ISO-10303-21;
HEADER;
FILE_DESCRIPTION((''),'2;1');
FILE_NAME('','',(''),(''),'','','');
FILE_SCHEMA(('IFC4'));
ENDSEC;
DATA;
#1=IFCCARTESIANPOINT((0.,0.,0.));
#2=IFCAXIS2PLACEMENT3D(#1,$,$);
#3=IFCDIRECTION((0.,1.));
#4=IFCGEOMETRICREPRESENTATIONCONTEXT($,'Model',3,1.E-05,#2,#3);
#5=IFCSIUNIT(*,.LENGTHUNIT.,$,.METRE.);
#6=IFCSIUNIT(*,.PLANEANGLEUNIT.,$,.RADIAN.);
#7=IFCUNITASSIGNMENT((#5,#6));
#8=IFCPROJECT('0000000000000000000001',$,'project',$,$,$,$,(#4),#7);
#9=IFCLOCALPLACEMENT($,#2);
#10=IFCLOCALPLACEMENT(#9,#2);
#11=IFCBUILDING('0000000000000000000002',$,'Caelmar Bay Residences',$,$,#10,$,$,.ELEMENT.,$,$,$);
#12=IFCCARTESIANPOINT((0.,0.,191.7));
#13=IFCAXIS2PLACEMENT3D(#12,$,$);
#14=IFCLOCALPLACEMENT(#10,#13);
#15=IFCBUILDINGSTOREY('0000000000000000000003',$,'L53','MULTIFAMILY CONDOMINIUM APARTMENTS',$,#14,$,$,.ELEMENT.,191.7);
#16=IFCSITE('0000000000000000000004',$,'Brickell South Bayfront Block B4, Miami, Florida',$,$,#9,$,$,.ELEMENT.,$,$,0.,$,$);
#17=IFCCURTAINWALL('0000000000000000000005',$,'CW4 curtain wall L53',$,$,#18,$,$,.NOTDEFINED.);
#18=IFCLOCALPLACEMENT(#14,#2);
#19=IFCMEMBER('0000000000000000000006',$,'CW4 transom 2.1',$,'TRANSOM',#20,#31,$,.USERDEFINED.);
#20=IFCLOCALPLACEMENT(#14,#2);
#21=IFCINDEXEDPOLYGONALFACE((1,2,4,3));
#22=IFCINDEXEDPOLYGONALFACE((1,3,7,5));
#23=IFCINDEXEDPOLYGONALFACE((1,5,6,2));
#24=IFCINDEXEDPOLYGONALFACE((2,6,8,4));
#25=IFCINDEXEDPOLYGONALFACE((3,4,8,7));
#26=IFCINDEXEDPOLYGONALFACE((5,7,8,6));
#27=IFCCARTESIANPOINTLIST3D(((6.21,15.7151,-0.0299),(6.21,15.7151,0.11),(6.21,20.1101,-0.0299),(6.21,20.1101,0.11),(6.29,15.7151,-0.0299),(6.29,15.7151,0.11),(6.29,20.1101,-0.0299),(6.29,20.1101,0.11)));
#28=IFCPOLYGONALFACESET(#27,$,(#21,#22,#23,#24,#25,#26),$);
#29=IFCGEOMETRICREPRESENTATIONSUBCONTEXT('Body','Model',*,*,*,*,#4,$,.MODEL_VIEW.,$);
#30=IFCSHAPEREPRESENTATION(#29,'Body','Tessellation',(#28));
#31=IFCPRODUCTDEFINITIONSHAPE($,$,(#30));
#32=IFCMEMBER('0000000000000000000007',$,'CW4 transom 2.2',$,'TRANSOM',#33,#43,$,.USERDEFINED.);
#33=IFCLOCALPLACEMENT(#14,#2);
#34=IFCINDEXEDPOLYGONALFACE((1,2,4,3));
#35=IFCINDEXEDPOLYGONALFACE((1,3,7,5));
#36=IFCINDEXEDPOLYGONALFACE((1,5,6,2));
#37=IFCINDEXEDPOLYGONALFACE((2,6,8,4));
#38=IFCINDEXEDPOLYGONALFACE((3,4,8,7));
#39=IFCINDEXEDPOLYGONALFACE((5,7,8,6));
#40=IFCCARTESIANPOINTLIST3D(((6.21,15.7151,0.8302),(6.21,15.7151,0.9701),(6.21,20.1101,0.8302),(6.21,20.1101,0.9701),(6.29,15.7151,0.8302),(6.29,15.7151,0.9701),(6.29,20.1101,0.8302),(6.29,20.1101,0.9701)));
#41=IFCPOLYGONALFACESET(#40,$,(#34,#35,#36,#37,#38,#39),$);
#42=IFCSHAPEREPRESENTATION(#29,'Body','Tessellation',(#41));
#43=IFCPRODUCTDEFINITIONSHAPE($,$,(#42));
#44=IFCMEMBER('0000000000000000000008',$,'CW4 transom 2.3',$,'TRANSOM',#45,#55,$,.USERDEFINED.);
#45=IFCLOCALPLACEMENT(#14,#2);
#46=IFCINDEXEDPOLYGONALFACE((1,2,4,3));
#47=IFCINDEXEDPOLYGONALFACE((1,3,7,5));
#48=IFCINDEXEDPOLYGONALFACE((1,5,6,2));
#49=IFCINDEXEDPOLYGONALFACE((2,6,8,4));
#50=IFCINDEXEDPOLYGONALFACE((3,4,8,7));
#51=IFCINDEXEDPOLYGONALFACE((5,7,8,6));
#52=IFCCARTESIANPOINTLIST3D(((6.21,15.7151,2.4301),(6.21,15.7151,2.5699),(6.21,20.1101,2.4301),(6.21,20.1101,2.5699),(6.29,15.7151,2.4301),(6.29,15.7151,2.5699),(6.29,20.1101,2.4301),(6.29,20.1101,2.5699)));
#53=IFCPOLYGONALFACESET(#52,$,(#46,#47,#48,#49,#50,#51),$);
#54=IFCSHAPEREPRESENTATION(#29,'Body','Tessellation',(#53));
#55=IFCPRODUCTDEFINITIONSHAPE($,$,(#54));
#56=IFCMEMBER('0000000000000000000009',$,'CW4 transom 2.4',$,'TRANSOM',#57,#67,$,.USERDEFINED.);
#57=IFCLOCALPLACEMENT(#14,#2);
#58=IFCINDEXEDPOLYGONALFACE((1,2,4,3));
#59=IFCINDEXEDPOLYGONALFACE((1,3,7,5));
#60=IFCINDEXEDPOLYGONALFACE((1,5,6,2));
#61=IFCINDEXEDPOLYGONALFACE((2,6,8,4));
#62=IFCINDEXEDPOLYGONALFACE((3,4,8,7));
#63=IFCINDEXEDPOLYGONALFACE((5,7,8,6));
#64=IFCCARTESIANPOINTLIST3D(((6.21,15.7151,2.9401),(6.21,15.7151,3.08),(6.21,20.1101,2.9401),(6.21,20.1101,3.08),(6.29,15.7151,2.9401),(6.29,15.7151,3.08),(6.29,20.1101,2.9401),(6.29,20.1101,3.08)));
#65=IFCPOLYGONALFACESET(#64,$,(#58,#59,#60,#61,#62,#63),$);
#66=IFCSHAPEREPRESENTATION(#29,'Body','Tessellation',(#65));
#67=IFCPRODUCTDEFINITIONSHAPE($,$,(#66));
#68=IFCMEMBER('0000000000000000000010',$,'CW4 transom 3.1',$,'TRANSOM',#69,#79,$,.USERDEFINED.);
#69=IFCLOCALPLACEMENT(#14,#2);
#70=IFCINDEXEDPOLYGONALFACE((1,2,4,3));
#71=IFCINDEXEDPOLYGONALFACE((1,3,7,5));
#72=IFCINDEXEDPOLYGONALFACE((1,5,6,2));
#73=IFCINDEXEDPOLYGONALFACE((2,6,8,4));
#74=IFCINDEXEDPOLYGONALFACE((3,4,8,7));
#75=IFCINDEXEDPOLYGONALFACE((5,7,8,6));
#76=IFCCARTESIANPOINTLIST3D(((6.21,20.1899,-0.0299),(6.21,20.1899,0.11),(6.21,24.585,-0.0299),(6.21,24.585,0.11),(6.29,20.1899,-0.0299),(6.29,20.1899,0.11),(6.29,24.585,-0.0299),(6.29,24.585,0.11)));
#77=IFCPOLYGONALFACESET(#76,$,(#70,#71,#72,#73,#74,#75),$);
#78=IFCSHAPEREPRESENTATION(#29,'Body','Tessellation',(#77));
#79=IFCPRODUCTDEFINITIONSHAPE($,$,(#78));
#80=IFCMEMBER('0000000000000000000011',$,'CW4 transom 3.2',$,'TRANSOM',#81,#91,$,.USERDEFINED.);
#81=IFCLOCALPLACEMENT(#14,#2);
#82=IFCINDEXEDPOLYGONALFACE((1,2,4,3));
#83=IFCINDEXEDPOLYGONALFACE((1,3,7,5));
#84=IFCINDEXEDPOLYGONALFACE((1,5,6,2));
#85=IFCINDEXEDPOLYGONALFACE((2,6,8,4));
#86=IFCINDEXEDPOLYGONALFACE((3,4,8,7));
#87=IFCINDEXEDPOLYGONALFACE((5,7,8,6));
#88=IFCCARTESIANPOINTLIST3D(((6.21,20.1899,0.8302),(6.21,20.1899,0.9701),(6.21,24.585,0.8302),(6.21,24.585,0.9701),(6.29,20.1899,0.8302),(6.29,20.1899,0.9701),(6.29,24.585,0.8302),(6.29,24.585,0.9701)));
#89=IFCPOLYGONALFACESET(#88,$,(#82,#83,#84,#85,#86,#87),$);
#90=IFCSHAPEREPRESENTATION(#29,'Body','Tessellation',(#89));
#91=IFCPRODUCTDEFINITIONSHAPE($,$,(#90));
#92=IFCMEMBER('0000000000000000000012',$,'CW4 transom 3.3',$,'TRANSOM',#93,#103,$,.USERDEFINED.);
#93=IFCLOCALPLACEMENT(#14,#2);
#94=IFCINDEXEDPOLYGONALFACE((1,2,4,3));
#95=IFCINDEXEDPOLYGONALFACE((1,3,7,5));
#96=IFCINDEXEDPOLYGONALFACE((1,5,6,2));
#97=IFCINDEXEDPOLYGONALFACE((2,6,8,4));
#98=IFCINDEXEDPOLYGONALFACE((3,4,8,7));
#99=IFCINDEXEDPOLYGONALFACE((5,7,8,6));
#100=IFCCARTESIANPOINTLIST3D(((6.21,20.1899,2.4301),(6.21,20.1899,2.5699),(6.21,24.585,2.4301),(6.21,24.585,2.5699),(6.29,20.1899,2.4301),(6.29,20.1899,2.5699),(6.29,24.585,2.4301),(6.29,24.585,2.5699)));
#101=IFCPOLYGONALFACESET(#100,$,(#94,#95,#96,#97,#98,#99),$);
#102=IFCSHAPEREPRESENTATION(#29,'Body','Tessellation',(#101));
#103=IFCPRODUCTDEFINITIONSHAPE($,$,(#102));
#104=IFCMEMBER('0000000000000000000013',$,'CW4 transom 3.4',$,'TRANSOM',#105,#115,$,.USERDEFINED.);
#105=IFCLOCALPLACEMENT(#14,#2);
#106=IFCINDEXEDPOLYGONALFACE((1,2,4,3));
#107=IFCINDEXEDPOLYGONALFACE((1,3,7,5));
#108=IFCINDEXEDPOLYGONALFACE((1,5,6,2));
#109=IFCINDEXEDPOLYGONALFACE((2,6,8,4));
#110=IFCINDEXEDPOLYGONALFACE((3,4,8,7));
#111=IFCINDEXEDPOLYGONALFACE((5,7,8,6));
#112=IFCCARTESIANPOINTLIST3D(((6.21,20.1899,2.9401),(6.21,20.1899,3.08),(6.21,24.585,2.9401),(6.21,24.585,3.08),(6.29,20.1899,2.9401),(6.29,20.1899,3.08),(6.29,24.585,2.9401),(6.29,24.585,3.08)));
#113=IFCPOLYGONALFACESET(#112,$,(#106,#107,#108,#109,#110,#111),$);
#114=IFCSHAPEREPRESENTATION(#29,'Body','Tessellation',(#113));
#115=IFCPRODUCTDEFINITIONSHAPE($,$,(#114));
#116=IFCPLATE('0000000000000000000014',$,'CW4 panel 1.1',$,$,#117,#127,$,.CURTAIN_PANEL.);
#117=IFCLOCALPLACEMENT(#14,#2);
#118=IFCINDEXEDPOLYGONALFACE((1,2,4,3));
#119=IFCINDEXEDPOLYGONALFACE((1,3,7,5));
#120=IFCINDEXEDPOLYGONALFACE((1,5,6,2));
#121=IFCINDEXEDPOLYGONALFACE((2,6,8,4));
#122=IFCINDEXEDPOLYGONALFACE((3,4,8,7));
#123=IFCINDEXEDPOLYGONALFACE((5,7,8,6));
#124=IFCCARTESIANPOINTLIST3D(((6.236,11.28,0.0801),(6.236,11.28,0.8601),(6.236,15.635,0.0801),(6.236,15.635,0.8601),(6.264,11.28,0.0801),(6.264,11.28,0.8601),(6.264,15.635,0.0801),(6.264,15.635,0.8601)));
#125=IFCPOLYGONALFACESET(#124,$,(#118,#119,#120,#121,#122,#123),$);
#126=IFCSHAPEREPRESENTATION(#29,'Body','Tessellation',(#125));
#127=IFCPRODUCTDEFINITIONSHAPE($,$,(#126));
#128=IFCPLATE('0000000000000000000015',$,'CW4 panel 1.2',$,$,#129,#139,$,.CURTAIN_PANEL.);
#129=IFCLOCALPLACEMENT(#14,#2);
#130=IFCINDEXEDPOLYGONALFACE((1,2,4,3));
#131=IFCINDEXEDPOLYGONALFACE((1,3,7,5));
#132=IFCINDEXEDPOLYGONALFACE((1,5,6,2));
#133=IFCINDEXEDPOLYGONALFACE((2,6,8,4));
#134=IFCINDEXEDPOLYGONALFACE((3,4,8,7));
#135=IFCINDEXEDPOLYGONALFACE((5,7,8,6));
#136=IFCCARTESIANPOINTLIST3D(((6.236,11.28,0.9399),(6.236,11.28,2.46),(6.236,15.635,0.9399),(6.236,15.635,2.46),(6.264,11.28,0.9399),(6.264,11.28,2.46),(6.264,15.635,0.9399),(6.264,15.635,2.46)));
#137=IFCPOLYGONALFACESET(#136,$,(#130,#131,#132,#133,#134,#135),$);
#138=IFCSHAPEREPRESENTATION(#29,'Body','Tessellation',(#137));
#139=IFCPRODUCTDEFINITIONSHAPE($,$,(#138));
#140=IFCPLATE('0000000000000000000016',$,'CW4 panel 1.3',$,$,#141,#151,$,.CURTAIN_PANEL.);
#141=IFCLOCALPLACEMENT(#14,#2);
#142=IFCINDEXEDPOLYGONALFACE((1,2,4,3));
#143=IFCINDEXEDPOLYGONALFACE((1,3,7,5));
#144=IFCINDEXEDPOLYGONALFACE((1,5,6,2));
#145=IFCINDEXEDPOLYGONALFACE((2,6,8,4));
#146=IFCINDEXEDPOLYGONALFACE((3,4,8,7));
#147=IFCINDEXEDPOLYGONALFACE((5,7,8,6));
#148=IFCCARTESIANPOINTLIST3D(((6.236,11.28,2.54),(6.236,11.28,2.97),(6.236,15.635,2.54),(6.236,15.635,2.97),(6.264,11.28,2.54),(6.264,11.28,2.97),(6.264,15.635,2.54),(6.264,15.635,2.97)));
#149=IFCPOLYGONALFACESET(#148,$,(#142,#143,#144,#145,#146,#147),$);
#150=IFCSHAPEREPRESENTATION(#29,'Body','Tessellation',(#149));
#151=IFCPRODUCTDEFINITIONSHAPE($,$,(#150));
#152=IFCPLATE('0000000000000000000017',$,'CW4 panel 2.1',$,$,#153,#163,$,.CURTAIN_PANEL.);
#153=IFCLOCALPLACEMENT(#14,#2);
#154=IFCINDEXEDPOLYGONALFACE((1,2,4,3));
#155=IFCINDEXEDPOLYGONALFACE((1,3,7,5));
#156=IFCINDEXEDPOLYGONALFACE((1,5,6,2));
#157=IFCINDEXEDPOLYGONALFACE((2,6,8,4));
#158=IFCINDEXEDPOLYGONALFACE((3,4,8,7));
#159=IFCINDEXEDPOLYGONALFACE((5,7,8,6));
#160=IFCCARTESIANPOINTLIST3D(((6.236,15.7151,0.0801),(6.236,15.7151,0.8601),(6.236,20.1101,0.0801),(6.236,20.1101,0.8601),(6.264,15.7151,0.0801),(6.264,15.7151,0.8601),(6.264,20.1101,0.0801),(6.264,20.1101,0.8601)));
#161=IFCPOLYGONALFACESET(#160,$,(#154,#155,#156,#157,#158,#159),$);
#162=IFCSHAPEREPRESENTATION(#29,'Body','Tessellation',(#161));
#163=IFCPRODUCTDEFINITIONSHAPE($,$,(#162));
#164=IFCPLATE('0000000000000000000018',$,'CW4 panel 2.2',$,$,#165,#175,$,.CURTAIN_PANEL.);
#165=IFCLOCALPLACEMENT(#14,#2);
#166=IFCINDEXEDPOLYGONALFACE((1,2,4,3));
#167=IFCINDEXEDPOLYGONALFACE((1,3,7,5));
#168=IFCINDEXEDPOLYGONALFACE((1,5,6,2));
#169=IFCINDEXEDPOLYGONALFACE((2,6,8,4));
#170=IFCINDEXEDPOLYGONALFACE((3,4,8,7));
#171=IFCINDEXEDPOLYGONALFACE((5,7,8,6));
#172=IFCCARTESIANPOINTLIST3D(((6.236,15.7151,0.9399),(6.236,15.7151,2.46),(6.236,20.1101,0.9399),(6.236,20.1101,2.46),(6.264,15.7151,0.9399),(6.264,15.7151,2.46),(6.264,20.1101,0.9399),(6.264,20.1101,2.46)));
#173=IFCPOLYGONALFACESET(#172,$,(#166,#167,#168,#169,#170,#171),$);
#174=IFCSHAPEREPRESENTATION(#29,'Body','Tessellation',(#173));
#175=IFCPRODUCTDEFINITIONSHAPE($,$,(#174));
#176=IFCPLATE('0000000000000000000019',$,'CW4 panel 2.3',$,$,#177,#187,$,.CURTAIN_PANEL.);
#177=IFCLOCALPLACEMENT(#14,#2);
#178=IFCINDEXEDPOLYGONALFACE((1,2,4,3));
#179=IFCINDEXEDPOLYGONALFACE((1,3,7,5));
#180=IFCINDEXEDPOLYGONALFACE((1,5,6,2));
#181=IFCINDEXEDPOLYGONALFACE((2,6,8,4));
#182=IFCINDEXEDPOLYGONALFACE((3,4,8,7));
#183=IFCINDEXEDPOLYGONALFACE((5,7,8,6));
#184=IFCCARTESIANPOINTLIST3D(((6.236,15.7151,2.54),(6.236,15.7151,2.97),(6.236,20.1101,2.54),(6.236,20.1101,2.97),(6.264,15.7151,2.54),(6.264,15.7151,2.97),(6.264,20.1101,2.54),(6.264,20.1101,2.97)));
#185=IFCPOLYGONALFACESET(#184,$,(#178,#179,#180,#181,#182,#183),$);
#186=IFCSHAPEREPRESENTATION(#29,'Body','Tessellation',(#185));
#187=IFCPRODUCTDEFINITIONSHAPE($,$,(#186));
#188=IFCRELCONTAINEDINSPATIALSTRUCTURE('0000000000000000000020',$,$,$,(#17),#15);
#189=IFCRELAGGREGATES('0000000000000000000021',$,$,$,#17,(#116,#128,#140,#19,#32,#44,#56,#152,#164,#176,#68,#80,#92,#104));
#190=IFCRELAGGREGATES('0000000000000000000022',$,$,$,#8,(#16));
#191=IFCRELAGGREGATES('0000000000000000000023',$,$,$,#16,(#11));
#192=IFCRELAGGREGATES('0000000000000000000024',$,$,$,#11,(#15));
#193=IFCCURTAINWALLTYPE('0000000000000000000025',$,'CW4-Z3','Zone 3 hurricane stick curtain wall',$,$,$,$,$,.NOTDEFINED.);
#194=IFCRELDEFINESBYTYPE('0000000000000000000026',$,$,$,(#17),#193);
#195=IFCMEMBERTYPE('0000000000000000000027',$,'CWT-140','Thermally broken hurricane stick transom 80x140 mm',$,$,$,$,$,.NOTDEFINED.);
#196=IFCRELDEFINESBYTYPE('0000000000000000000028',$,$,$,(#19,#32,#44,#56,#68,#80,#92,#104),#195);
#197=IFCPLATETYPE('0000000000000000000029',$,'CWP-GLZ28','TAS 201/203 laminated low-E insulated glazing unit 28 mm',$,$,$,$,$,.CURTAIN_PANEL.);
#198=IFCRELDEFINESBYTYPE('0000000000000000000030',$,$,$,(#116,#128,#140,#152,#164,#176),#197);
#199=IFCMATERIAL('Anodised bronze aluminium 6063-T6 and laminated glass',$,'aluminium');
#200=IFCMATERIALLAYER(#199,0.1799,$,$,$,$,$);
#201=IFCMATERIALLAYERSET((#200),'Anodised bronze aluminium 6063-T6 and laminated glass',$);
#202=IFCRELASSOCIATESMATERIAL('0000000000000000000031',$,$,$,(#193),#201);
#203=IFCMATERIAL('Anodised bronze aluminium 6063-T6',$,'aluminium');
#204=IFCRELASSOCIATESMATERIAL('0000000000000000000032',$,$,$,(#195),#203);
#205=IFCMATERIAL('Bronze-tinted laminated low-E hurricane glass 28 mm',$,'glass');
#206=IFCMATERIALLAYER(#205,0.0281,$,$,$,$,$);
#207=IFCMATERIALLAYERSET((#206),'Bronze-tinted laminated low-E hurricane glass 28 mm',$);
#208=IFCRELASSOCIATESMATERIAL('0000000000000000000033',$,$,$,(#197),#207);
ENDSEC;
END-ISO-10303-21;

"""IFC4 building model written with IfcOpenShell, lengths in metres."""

from ifc_helpers import new_model, si_unit, direction, frame, origin, origin_2d, place, context, subcontext, project, spatial, rectangle, extrude, material, layer, layer_set, material_profile, profile_set, type_object, element, aggregate, save


model = new_model("IFC4")

# Units and contexts
model_context = context("Model", 3, precision=1e-05, world=origin(), true_north=direction((0.0, 1.0)))
body_context = subcontext(model_context, "Body", "Model", "MODEL_VIEW")
ifc_project = project(units=[si_unit("LENGTHUNIT", "METRE"), si_unit("PLANEANGLEUNIT", "RADIAN")], contexts=[model_context])

# Site, building, storey
site_placement = place(None, origin())
site = spatial("IfcSite", under=ifc_project, at=site_placement, Name="Brickell South Bayfront Block B4, Miami, Florida", CompositionType="ELEMENT", RefElevation=0.0)
building_placement = place(site_placement, origin())
building = spatial("IfcBuilding", under=site, at=building_placement, Name="Caelmar Bay Residences", CompositionType="ELEMENT")
storey_placement = place(building_placement, frame((0.0, 0.0, 191.7)))
storey = spatial("IfcBuildingStorey", under=building, at=storey_placement, Name="L53", Description="MULTIFAMILY CONDOMINIUM APARTMENTS", CompositionType="ELEMENT", Elevation=191.7)

# Curtain wall, members, plates
ifc_material_1 = material(Name="Anodised bronze aluminium 6063-T6 and laminated glass", Category="aluminium")
ifc_layer_1 = layer(ifc_material_1, 0.1799)
ifc_layer_set_1 = layer_set([ifc_layer_1], Name="Anodised bronze aluminium 6063-T6 and laminated glass")
curtain_wall_type = type_object("IfcCurtainWallType", Name="CW4-Z3", Description="Zone 3 hurricane stick curtain wall", PredefinedType="NOTDEFINED", material=ifc_layer_set_1)
curtain_wall_placement = place(storey_placement, origin())
curtain_wall = element("IfcCurtainWall", 1, at=curtain_wall_placement, inside=storey, type_object=curtain_wall_type, Name="CW4 curtain wall L53", PredefinedType="NOTDEFINED")
ifc_material_2 = material(Name="Anodised bronze aluminium 6063-T6", Category="aluminium")
ifc_material_profile_1 = material_profile(ifc_material_2, rectangle(XDim=0.0801, YDim=0.1399, at=origin_2d()), Name="CWT-80X140")
ifc_profile_set_1 = profile_set([ifc_material_profile_1], Name="Anodised bronze aluminium 6063-T6")
member_type_1 = type_object("IfcMemberType", Name="CWT-140", Description="Thermally broken hurricane stick transom 80x140 mm", PredefinedType="NOTDEFINED", material=ifc_profile_set_1)
member_1_placement = place(storey_placement, frame((6.25, 15.7151, 0.04), z_axis=(0.0, 1.0, 0.0), x_axis=(-1.0, 0.0, 0.0)))
member_1 = element("IfcMember", 2, at=member_1_placement, type_object=member_type_1, Name="CW4 transom 2.1", ObjectType="TRANSOM", PredefinedType="USERDEFINED", context=body_context, shape_type="SweptSolid", body=[
    extrude(rectangle(XDim=0.0801, YDim=0.1399, at=origin_2d()), origin(), (0.0, 0.0, 1.0), 4.395),
])
member_2_placement = place(storey_placement, frame((6.25, 15.7151, 0.9001), z_axis=(0.0, 1.0, 0.0), x_axis=(-1.0, 0.0, 0.0)))
member_2 = element("IfcMember", 3, at=member_2_placement, type_object=member_type_1, Name="CW4 transom 2.2", ObjectType="TRANSOM", PredefinedType="USERDEFINED", context=body_context, shape_type="SweptSolid", body=[
    extrude(rectangle(XDim=0.0801, YDim=0.1399, at=origin_2d()), origin(), (0.0, 0.0, 1.0), 4.395),
])
member_3_placement = place(storey_placement, frame((6.25, 15.7151, 2.5), z_axis=(0.0, 1.0, 0.0), x_axis=(-1.0, 0.0, 0.0)))
member_3 = element("IfcMember", 4, at=member_3_placement, type_object=member_type_1, Name="CW4 transom 2.3", ObjectType="TRANSOM", PredefinedType="USERDEFINED", context=body_context, shape_type="SweptSolid", body=[
    extrude(rectangle(XDim=0.0801, YDim=0.1399, at=origin_2d()), origin(), (0.0, 0.0, 1.0), 4.395),
])
member_4_placement = place(storey_placement, frame((6.25, 15.7151, 3.01), z_axis=(0.0, 1.0, 0.0), x_axis=(-1.0, 0.0, 0.0)))
member_4 = element("IfcMember", 5, at=member_4_placement, type_object=member_type_1, Name="CW4 transom 2.4", ObjectType="TRANSOM", PredefinedType="USERDEFINED", context=body_context, shape_type="SweptSolid", body=[
    extrude(rectangle(XDim=0.0801, YDim=0.1399, at=origin_2d()), origin(), (0.0, 0.0, 1.0), 4.395),
])
member_5_placement = place(storey_placement, frame((6.25, 20.1899, 0.04), z_axis=(0.0, 1.0, 0.0), x_axis=(-1.0, 0.0, 0.0)))
member_5 = element("IfcMember", 6, at=member_5_placement, type_object=member_type_1, Name="CW4 transom 3.1", ObjectType="TRANSOM", PredefinedType="USERDEFINED", context=body_context, shape_type="SweptSolid", body=[
    extrude(rectangle(XDim=0.0801, YDim=0.1399, at=origin_2d()), origin(), (0.0, 0.0, 1.0), 4.395),
])
member_6_placement = place(storey_placement, frame((6.25, 20.1899, 0.9001), z_axis=(0.0, 1.0, 0.0), x_axis=(-1.0, 0.0, 0.0)))
member_6 = element("IfcMember", 7, at=member_6_placement, type_object=member_type_1, Name="CW4 transom 3.2", ObjectType="TRANSOM", PredefinedType="USERDEFINED", context=body_context, shape_type="SweptSolid", body=[
    extrude(rectangle(XDim=0.0801, YDim=0.1399, at=origin_2d()), origin(), (0.0, 0.0, 1.0), 4.395),
])
member_7_placement = place(storey_placement, frame((6.25, 20.1899, 2.5), z_axis=(0.0, 1.0, 0.0), x_axis=(-1.0, 0.0, 0.0)))
member_7 = element("IfcMember", 8, at=member_7_placement, type_object=member_type_1, Name="CW4 transom 3.3", ObjectType="TRANSOM", PredefinedType="USERDEFINED", context=body_context, shape_type="SweptSolid", body=[
    extrude(rectangle(XDim=0.0801, YDim=0.1399, at=origin_2d()), origin(), (0.0, 0.0, 1.0), 4.395),
])
member_8_placement = place(storey_placement, frame((6.25, 20.1899, 3.01), z_axis=(0.0, 1.0, 0.0), x_axis=(-1.0, 0.0, 0.0)))
member_8 = element("IfcMember", 9, at=member_8_placement, type_object=member_type_1, Name="CW4 transom 3.4", ObjectType="TRANSOM", PredefinedType="USERDEFINED", context=body_context, shape_type="SweptSolid", body=[
    extrude(rectangle(XDim=0.0801, YDim=0.1399, at=origin_2d()), origin(), (0.0, 0.0, 1.0), 4.395),
])
ifc_material_3 = material(Name="Bronze-tinted laminated low-E hurricane glass 28 mm", Category="glass")
ifc_layer_2 = layer(ifc_material_3, 0.0281)
ifc_layer_set_2 = layer_set([ifc_layer_2], Name="Bronze-tinted laminated low-E hurricane glass 28 mm")
plate_type = type_object("IfcPlateType", Name="CWP-GLZ28", Description="TAS 201/203 laminated low-E insulated glazing unit 28 mm", PredefinedType="CURTAIN_PANEL", material=ifc_layer_set_2)
plate_1_placement = place(storey_placement, frame((6.25, 13.4575, 0.0801), z_axis=(0.0, 0.0, 1.0), x_axis=(0.0, 1.0, 0.0)))
plate_1 = element("IfcPlate", 10, at=plate_1_placement, type_object=plate_type, Name="CW4 panel 1.1", PredefinedType="CURTAIN_PANEL", context=body_context, shape_type="SweptSolid", body=[
    extrude(rectangle(XDim=4.355, YDim=0.0281, at=origin_2d()), origin(), (0.0, 0.0, 1.0), 0.78),
])
plate_2_placement = place(storey_placement, frame((6.25, 13.4575, 0.9399), z_axis=(0.0, 0.0, 1.0), x_axis=(0.0, 1.0, 0.0)))
plate_2 = element("IfcPlate", 11, at=plate_2_placement, type_object=plate_type, Name="CW4 panel 1.2", PredefinedType="CURTAIN_PANEL", context=body_context, shape_type="SweptSolid", body=[
    extrude(rectangle(XDim=4.355, YDim=0.0281, at=origin_2d()), origin(), (0.0, 0.0, 1.0), 1.52),
])
plate_3_placement = place(storey_placement, frame((6.25, 13.4575, 2.54), z_axis=(0.0, 0.0, 1.0), x_axis=(0.0, 1.0, 0.0)))
plate_3 = element("IfcPlate", 12, at=plate_3_placement, type_object=plate_type, Name="CW4 panel 1.3", PredefinedType="CURTAIN_PANEL", context=body_context, shape_type="SweptSolid", body=[
    extrude(rectangle(XDim=4.355, YDim=0.0281, at=origin_2d()), origin(), (0.0, 0.0, 1.0), 0.4299),
])
plate_4_placement = place(storey_placement, frame((6.25, 17.9126, 0.0801), z_axis=(0.0, 0.0, 1.0), x_axis=(0.0, 1.0, 0.0)))
plate_4 = element("IfcPlate", 13, at=plate_4_placement, type_object=plate_type, Name="CW4 panel 2.1", PredefinedType="CURTAIN_PANEL", context=body_context, shape_type="SweptSolid", body=[
    extrude(rectangle(XDim=4.395, YDim=0.0281, at=origin_2d()), origin(), (0.0, 0.0, 1.0), 0.78),
])
plate_5_placement = place(storey_placement, frame((6.25, 17.9126, 0.9399), z_axis=(0.0, 0.0, 1.0), x_axis=(0.0, 1.0, 0.0)))
plate_5 = element("IfcPlate", 14, at=plate_5_placement, type_object=plate_type, Name="CW4 panel 2.2", PredefinedType="CURTAIN_PANEL", context=body_context, shape_type="SweptSolid", body=[
    extrude(rectangle(XDim=4.395, YDim=0.0281, at=origin_2d()), origin(), (0.0, 0.0, 1.0), 1.52),
])
plate_6_placement = place(storey_placement, frame((6.25, 17.9126, 2.54), z_axis=(0.0, 0.0, 1.0), x_axis=(0.0, 1.0, 0.0)))
plate_6 = element("IfcPlate", 15, at=plate_6_placement, type_object=plate_type, Name="CW4 panel 2.3", PredefinedType="CURTAIN_PANEL", context=body_context, shape_type="SweptSolid", body=[
    extrude(rectangle(XDim=4.395, YDim=0.0281, at=origin_2d()), origin(), (0.0, 0.0, 1.0), 0.4299),
])
aggregate(curtain_wall, [plate_1, plate_2, plate_3, member_1, member_2, member_3, member_4, plate_4, plate_5, plate_6, member_5, member_6, member_7, member_8])

save(model, "model.ifc")
